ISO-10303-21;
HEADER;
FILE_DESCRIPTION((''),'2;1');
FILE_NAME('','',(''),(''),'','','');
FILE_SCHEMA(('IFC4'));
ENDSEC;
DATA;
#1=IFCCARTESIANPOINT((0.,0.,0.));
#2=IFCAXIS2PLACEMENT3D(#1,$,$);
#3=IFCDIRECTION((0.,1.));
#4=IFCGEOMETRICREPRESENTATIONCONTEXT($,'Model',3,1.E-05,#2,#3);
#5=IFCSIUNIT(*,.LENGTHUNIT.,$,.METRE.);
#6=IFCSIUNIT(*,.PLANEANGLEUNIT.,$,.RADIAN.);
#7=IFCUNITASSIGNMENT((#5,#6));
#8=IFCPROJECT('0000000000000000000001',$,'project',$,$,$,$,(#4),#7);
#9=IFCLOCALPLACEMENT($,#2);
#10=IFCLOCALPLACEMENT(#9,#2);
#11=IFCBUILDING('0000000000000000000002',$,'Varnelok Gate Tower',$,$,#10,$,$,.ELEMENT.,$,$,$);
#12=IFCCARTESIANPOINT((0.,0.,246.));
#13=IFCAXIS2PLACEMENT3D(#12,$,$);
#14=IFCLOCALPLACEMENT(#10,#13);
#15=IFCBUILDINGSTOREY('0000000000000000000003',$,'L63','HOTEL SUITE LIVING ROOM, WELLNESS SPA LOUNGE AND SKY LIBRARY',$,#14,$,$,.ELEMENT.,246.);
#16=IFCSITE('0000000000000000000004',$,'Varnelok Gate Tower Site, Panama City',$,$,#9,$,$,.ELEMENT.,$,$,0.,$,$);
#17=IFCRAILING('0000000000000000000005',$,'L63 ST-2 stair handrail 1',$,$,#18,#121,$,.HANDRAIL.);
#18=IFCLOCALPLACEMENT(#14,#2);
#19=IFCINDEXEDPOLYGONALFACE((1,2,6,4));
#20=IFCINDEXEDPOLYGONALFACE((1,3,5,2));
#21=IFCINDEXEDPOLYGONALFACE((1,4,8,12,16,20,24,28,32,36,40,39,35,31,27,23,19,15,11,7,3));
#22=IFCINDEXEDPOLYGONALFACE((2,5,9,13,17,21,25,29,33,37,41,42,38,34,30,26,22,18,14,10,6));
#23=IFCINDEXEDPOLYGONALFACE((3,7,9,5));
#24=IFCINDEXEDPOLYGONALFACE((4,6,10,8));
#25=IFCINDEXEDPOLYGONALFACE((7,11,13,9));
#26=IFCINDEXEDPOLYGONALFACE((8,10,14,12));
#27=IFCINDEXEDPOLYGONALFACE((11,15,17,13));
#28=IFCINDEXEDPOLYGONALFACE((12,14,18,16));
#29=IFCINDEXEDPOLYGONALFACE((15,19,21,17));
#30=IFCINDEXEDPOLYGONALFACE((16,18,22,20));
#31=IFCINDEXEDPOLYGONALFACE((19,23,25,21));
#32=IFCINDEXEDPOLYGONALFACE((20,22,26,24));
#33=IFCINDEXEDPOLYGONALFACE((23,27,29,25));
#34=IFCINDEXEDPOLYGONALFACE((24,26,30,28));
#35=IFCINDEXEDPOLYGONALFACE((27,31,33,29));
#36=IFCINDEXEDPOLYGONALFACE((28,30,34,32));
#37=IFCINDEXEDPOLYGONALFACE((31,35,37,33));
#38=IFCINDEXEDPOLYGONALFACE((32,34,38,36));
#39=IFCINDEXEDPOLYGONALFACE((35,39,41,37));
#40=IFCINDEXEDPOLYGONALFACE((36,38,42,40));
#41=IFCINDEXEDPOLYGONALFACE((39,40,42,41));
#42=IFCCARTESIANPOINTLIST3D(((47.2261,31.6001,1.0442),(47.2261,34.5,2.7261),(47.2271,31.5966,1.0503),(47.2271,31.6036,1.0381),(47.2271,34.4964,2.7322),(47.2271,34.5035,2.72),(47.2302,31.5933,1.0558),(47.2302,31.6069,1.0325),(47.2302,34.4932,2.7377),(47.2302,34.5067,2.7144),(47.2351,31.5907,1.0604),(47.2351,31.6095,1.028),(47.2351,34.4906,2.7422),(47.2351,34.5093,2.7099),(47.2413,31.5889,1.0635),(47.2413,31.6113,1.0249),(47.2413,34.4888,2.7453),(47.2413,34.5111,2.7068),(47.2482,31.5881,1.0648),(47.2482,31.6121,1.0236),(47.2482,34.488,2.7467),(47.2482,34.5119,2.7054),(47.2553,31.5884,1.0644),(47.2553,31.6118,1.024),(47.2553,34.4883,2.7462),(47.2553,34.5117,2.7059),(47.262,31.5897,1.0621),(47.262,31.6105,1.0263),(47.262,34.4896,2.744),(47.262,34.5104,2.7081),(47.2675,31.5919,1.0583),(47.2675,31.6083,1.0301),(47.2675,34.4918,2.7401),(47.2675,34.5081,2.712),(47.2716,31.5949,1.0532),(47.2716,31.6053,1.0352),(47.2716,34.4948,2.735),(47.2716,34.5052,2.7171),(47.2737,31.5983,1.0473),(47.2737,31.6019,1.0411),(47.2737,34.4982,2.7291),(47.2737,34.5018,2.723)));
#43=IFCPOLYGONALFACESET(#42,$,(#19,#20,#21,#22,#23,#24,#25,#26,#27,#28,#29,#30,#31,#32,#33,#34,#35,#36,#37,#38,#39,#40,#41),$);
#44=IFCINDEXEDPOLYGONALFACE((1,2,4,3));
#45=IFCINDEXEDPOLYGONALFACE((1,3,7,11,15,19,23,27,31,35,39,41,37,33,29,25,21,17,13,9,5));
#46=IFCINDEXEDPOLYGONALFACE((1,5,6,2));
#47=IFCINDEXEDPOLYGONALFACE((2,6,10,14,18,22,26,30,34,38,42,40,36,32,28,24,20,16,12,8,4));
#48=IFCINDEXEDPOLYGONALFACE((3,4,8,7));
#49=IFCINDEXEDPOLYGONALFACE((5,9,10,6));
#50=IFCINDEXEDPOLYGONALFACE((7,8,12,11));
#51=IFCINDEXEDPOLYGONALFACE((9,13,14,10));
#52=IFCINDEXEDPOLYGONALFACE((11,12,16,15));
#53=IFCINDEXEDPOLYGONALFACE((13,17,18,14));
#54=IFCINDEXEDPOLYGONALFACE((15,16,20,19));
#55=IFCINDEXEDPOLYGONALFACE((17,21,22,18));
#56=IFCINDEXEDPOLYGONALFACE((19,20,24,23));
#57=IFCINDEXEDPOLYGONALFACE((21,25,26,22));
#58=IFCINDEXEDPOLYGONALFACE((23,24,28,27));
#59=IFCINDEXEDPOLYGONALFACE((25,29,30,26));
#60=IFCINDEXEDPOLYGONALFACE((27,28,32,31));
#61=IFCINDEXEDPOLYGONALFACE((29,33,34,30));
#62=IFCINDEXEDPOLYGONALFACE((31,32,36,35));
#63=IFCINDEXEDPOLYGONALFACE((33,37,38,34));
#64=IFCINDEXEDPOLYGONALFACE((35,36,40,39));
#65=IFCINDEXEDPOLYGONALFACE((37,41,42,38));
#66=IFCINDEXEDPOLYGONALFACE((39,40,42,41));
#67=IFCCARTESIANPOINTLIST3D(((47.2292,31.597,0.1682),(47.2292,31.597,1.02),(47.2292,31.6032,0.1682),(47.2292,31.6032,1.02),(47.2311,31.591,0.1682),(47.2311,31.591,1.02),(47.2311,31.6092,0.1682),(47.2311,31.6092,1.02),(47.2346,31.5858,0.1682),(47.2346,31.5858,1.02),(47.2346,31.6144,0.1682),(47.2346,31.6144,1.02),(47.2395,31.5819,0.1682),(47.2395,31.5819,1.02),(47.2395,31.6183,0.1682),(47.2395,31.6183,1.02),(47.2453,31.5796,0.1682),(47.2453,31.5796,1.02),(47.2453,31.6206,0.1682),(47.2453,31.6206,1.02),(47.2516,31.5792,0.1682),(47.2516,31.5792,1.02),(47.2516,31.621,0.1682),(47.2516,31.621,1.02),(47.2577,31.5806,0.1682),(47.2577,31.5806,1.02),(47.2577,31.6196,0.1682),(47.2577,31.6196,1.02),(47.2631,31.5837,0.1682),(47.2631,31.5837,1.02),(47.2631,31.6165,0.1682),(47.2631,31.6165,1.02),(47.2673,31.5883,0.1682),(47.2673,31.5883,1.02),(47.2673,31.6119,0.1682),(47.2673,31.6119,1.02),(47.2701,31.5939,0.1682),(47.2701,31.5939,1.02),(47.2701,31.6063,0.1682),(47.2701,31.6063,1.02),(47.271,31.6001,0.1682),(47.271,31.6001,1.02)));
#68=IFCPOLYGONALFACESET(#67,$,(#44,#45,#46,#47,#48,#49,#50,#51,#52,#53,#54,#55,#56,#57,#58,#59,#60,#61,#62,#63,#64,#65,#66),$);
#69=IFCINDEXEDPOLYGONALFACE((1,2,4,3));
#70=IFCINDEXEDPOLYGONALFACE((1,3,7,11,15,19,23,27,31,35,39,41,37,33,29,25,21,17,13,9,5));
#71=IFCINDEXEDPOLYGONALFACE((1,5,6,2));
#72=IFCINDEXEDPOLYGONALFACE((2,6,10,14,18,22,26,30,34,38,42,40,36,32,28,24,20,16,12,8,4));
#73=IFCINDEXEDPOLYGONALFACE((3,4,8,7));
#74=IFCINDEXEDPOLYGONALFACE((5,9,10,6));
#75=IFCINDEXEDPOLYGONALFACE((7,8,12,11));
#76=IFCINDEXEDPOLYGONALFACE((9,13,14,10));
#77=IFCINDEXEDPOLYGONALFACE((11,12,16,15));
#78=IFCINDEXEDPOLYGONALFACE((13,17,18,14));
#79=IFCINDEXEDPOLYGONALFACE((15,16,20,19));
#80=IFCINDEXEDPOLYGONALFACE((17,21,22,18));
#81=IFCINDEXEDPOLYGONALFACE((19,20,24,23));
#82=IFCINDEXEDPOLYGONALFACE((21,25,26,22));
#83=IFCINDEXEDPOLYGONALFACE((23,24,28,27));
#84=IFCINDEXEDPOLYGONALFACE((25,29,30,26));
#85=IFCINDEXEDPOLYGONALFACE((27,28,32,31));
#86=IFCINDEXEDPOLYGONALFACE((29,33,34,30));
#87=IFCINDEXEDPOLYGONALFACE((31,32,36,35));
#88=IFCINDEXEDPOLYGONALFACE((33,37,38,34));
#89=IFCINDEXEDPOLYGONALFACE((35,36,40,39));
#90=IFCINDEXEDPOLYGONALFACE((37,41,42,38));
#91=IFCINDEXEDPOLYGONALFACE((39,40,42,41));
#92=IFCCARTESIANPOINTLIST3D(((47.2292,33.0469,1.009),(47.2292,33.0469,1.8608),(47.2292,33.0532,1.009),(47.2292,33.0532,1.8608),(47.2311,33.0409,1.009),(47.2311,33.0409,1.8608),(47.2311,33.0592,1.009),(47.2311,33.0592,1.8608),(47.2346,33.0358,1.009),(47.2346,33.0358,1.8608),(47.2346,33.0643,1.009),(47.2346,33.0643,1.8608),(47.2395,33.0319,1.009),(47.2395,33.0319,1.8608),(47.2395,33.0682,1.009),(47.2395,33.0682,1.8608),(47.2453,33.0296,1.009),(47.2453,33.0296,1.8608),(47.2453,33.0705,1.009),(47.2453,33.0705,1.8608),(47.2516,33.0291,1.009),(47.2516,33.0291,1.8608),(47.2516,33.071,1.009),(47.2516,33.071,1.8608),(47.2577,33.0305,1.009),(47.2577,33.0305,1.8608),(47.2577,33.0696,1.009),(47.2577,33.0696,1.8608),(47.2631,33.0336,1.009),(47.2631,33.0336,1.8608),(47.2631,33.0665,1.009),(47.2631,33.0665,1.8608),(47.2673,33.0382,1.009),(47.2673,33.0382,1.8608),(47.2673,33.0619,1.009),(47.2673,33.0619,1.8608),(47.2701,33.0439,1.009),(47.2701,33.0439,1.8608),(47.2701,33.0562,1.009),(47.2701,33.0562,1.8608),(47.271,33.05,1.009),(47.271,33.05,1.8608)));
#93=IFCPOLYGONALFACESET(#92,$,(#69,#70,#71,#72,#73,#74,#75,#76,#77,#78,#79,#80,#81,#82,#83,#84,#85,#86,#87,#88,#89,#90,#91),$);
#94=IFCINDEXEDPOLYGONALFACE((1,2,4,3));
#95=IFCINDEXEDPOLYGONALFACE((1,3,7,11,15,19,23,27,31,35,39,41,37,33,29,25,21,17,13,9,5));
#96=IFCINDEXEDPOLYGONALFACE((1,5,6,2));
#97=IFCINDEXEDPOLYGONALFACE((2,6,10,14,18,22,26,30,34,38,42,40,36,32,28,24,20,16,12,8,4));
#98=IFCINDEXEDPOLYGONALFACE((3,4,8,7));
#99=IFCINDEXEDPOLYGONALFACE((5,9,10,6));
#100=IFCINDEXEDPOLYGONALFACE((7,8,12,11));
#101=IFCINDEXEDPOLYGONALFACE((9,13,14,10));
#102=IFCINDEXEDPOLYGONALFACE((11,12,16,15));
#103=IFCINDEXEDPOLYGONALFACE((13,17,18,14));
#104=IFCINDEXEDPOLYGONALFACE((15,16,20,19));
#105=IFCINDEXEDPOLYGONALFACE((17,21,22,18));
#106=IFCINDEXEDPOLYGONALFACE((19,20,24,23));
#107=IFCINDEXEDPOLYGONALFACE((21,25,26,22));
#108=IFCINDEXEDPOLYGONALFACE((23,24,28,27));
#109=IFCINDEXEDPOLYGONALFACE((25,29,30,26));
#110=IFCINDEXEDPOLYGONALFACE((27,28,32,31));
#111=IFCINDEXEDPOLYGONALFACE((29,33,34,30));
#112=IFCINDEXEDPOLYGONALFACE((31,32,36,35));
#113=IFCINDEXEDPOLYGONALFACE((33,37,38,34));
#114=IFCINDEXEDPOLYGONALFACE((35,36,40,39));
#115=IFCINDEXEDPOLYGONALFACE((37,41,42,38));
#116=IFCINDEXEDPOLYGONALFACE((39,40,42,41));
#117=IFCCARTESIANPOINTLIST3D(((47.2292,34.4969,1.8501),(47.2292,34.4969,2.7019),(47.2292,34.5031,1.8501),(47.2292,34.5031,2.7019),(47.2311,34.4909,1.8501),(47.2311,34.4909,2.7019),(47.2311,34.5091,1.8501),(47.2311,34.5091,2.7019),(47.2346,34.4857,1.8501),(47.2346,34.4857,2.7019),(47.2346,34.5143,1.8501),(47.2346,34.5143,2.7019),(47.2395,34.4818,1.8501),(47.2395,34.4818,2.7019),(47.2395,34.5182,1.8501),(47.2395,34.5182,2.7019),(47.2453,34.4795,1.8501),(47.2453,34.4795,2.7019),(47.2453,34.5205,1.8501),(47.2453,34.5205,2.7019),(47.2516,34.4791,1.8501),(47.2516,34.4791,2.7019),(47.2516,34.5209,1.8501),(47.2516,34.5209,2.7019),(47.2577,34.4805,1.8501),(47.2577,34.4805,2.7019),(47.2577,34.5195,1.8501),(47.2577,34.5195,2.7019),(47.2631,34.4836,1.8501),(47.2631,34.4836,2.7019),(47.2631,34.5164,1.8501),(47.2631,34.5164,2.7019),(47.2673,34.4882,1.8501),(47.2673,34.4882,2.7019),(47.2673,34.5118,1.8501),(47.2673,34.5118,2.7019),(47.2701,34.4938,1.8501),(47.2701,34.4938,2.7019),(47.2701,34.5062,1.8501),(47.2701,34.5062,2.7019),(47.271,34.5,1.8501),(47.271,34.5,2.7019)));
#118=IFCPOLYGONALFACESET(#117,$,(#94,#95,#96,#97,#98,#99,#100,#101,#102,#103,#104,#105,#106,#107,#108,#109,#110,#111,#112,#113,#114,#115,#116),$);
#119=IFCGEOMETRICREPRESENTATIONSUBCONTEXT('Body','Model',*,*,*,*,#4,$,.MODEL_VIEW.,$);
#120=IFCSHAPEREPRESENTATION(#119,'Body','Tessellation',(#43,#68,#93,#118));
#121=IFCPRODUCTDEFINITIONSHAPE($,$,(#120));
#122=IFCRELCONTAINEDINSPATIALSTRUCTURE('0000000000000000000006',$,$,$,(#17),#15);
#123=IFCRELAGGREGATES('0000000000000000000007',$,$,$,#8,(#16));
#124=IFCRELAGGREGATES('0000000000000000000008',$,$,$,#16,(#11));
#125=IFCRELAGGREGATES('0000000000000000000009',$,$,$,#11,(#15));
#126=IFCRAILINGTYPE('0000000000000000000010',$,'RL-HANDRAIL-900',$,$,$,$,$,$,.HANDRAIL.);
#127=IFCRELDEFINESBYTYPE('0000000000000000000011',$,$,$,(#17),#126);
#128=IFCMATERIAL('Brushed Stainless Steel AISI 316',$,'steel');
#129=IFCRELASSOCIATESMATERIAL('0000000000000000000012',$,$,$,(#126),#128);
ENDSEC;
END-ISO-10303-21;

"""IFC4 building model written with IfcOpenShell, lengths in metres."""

from ifc_helpers import new_model, si_unit, direction, frame, origin, origin_2d, place, context, subcontext, project, spatial, circle, extrude, material, type_object, element, save


model = new_model("IFC4")

# Units and contexts
model_context = context("Model", 3, precision=1e-05, world=origin(), true_north=direction((0.0, 1.0)))
body_context = subcontext(model_context, "Body", "Model", "MODEL_VIEW")
ifc_project = project(units=[si_unit("LENGTHUNIT", "METRE"), si_unit("PLANEANGLEUNIT", "RADIAN")], contexts=[model_context])

# Site, building, storey
site_placement = place(None, origin())
site = spatial("IfcSite", under=ifc_project, at=site_placement, Name="Varnelok Gate Tower Site, Panama City", CompositionType="ELEMENT", RefElevation=0.0)
building_placement = place(site_placement, origin())
building = spatial("IfcBuilding", under=site, at=building_placement, Name="Varnelok Gate Tower", CompositionType="ELEMENT")
storey_placement = place(building_placement, frame((0.0, 0.0, 246.0)))
storey = spatial("IfcBuildingStorey", under=building, at=storey_placement, Name="L63", Description="HOTEL SUITE LIVING ROOM, WELLNESS SPA LOUNGE AND SKY LIBRARY", CompositionType="ELEMENT", Elevation=246.0)

# Railing
ifc_material_1 = material(Name="Brushed Stainless Steel AISI 316", Category="steel")
railing_type_1 = type_object("IfcRailingType", Name="RL-HANDRAIL-900", PredefinedType="HANDRAIL", material=ifc_material_1)
railing_1_placement = place(storey_placement, frame((47.25, 31.6001, 0.1682)))
element("IfcRailing", 1, at=railing_1_placement, inside=storey, type_object=railing_type_1, Name="L63 ST-2 stair handrail 1", PredefinedType="HANDRAIL", context=body_context, shape_type="SweptSolid", body=[
    extrude(circle(Radius=0.0239, at=origin_2d()), frame((0.0, 0.0, 0.876), z_axis=(0.0, 0.865039, 0.501705), x_axis=(-1.0, 0.0, 0.0)), (0.0, 0.0, 1.0), 3.3523),
    extrude(circle(Radius=0.021, at=origin_2d()), origin(), (0.0, 0.0, 1.0), 0.8518),
    extrude(circle(Radius=0.021, at=origin_2d()), frame((0.0, 1.45, 0.8408)), (0.0, 0.0, 1.0), 0.8518),
    extrude(circle(Radius=0.021, at=origin_2d()), frame((0.0, 2.8999, 1.6819)), (0.0, 0.0, 1.0), 0.8518),
])

save(model, "model.ifc")
